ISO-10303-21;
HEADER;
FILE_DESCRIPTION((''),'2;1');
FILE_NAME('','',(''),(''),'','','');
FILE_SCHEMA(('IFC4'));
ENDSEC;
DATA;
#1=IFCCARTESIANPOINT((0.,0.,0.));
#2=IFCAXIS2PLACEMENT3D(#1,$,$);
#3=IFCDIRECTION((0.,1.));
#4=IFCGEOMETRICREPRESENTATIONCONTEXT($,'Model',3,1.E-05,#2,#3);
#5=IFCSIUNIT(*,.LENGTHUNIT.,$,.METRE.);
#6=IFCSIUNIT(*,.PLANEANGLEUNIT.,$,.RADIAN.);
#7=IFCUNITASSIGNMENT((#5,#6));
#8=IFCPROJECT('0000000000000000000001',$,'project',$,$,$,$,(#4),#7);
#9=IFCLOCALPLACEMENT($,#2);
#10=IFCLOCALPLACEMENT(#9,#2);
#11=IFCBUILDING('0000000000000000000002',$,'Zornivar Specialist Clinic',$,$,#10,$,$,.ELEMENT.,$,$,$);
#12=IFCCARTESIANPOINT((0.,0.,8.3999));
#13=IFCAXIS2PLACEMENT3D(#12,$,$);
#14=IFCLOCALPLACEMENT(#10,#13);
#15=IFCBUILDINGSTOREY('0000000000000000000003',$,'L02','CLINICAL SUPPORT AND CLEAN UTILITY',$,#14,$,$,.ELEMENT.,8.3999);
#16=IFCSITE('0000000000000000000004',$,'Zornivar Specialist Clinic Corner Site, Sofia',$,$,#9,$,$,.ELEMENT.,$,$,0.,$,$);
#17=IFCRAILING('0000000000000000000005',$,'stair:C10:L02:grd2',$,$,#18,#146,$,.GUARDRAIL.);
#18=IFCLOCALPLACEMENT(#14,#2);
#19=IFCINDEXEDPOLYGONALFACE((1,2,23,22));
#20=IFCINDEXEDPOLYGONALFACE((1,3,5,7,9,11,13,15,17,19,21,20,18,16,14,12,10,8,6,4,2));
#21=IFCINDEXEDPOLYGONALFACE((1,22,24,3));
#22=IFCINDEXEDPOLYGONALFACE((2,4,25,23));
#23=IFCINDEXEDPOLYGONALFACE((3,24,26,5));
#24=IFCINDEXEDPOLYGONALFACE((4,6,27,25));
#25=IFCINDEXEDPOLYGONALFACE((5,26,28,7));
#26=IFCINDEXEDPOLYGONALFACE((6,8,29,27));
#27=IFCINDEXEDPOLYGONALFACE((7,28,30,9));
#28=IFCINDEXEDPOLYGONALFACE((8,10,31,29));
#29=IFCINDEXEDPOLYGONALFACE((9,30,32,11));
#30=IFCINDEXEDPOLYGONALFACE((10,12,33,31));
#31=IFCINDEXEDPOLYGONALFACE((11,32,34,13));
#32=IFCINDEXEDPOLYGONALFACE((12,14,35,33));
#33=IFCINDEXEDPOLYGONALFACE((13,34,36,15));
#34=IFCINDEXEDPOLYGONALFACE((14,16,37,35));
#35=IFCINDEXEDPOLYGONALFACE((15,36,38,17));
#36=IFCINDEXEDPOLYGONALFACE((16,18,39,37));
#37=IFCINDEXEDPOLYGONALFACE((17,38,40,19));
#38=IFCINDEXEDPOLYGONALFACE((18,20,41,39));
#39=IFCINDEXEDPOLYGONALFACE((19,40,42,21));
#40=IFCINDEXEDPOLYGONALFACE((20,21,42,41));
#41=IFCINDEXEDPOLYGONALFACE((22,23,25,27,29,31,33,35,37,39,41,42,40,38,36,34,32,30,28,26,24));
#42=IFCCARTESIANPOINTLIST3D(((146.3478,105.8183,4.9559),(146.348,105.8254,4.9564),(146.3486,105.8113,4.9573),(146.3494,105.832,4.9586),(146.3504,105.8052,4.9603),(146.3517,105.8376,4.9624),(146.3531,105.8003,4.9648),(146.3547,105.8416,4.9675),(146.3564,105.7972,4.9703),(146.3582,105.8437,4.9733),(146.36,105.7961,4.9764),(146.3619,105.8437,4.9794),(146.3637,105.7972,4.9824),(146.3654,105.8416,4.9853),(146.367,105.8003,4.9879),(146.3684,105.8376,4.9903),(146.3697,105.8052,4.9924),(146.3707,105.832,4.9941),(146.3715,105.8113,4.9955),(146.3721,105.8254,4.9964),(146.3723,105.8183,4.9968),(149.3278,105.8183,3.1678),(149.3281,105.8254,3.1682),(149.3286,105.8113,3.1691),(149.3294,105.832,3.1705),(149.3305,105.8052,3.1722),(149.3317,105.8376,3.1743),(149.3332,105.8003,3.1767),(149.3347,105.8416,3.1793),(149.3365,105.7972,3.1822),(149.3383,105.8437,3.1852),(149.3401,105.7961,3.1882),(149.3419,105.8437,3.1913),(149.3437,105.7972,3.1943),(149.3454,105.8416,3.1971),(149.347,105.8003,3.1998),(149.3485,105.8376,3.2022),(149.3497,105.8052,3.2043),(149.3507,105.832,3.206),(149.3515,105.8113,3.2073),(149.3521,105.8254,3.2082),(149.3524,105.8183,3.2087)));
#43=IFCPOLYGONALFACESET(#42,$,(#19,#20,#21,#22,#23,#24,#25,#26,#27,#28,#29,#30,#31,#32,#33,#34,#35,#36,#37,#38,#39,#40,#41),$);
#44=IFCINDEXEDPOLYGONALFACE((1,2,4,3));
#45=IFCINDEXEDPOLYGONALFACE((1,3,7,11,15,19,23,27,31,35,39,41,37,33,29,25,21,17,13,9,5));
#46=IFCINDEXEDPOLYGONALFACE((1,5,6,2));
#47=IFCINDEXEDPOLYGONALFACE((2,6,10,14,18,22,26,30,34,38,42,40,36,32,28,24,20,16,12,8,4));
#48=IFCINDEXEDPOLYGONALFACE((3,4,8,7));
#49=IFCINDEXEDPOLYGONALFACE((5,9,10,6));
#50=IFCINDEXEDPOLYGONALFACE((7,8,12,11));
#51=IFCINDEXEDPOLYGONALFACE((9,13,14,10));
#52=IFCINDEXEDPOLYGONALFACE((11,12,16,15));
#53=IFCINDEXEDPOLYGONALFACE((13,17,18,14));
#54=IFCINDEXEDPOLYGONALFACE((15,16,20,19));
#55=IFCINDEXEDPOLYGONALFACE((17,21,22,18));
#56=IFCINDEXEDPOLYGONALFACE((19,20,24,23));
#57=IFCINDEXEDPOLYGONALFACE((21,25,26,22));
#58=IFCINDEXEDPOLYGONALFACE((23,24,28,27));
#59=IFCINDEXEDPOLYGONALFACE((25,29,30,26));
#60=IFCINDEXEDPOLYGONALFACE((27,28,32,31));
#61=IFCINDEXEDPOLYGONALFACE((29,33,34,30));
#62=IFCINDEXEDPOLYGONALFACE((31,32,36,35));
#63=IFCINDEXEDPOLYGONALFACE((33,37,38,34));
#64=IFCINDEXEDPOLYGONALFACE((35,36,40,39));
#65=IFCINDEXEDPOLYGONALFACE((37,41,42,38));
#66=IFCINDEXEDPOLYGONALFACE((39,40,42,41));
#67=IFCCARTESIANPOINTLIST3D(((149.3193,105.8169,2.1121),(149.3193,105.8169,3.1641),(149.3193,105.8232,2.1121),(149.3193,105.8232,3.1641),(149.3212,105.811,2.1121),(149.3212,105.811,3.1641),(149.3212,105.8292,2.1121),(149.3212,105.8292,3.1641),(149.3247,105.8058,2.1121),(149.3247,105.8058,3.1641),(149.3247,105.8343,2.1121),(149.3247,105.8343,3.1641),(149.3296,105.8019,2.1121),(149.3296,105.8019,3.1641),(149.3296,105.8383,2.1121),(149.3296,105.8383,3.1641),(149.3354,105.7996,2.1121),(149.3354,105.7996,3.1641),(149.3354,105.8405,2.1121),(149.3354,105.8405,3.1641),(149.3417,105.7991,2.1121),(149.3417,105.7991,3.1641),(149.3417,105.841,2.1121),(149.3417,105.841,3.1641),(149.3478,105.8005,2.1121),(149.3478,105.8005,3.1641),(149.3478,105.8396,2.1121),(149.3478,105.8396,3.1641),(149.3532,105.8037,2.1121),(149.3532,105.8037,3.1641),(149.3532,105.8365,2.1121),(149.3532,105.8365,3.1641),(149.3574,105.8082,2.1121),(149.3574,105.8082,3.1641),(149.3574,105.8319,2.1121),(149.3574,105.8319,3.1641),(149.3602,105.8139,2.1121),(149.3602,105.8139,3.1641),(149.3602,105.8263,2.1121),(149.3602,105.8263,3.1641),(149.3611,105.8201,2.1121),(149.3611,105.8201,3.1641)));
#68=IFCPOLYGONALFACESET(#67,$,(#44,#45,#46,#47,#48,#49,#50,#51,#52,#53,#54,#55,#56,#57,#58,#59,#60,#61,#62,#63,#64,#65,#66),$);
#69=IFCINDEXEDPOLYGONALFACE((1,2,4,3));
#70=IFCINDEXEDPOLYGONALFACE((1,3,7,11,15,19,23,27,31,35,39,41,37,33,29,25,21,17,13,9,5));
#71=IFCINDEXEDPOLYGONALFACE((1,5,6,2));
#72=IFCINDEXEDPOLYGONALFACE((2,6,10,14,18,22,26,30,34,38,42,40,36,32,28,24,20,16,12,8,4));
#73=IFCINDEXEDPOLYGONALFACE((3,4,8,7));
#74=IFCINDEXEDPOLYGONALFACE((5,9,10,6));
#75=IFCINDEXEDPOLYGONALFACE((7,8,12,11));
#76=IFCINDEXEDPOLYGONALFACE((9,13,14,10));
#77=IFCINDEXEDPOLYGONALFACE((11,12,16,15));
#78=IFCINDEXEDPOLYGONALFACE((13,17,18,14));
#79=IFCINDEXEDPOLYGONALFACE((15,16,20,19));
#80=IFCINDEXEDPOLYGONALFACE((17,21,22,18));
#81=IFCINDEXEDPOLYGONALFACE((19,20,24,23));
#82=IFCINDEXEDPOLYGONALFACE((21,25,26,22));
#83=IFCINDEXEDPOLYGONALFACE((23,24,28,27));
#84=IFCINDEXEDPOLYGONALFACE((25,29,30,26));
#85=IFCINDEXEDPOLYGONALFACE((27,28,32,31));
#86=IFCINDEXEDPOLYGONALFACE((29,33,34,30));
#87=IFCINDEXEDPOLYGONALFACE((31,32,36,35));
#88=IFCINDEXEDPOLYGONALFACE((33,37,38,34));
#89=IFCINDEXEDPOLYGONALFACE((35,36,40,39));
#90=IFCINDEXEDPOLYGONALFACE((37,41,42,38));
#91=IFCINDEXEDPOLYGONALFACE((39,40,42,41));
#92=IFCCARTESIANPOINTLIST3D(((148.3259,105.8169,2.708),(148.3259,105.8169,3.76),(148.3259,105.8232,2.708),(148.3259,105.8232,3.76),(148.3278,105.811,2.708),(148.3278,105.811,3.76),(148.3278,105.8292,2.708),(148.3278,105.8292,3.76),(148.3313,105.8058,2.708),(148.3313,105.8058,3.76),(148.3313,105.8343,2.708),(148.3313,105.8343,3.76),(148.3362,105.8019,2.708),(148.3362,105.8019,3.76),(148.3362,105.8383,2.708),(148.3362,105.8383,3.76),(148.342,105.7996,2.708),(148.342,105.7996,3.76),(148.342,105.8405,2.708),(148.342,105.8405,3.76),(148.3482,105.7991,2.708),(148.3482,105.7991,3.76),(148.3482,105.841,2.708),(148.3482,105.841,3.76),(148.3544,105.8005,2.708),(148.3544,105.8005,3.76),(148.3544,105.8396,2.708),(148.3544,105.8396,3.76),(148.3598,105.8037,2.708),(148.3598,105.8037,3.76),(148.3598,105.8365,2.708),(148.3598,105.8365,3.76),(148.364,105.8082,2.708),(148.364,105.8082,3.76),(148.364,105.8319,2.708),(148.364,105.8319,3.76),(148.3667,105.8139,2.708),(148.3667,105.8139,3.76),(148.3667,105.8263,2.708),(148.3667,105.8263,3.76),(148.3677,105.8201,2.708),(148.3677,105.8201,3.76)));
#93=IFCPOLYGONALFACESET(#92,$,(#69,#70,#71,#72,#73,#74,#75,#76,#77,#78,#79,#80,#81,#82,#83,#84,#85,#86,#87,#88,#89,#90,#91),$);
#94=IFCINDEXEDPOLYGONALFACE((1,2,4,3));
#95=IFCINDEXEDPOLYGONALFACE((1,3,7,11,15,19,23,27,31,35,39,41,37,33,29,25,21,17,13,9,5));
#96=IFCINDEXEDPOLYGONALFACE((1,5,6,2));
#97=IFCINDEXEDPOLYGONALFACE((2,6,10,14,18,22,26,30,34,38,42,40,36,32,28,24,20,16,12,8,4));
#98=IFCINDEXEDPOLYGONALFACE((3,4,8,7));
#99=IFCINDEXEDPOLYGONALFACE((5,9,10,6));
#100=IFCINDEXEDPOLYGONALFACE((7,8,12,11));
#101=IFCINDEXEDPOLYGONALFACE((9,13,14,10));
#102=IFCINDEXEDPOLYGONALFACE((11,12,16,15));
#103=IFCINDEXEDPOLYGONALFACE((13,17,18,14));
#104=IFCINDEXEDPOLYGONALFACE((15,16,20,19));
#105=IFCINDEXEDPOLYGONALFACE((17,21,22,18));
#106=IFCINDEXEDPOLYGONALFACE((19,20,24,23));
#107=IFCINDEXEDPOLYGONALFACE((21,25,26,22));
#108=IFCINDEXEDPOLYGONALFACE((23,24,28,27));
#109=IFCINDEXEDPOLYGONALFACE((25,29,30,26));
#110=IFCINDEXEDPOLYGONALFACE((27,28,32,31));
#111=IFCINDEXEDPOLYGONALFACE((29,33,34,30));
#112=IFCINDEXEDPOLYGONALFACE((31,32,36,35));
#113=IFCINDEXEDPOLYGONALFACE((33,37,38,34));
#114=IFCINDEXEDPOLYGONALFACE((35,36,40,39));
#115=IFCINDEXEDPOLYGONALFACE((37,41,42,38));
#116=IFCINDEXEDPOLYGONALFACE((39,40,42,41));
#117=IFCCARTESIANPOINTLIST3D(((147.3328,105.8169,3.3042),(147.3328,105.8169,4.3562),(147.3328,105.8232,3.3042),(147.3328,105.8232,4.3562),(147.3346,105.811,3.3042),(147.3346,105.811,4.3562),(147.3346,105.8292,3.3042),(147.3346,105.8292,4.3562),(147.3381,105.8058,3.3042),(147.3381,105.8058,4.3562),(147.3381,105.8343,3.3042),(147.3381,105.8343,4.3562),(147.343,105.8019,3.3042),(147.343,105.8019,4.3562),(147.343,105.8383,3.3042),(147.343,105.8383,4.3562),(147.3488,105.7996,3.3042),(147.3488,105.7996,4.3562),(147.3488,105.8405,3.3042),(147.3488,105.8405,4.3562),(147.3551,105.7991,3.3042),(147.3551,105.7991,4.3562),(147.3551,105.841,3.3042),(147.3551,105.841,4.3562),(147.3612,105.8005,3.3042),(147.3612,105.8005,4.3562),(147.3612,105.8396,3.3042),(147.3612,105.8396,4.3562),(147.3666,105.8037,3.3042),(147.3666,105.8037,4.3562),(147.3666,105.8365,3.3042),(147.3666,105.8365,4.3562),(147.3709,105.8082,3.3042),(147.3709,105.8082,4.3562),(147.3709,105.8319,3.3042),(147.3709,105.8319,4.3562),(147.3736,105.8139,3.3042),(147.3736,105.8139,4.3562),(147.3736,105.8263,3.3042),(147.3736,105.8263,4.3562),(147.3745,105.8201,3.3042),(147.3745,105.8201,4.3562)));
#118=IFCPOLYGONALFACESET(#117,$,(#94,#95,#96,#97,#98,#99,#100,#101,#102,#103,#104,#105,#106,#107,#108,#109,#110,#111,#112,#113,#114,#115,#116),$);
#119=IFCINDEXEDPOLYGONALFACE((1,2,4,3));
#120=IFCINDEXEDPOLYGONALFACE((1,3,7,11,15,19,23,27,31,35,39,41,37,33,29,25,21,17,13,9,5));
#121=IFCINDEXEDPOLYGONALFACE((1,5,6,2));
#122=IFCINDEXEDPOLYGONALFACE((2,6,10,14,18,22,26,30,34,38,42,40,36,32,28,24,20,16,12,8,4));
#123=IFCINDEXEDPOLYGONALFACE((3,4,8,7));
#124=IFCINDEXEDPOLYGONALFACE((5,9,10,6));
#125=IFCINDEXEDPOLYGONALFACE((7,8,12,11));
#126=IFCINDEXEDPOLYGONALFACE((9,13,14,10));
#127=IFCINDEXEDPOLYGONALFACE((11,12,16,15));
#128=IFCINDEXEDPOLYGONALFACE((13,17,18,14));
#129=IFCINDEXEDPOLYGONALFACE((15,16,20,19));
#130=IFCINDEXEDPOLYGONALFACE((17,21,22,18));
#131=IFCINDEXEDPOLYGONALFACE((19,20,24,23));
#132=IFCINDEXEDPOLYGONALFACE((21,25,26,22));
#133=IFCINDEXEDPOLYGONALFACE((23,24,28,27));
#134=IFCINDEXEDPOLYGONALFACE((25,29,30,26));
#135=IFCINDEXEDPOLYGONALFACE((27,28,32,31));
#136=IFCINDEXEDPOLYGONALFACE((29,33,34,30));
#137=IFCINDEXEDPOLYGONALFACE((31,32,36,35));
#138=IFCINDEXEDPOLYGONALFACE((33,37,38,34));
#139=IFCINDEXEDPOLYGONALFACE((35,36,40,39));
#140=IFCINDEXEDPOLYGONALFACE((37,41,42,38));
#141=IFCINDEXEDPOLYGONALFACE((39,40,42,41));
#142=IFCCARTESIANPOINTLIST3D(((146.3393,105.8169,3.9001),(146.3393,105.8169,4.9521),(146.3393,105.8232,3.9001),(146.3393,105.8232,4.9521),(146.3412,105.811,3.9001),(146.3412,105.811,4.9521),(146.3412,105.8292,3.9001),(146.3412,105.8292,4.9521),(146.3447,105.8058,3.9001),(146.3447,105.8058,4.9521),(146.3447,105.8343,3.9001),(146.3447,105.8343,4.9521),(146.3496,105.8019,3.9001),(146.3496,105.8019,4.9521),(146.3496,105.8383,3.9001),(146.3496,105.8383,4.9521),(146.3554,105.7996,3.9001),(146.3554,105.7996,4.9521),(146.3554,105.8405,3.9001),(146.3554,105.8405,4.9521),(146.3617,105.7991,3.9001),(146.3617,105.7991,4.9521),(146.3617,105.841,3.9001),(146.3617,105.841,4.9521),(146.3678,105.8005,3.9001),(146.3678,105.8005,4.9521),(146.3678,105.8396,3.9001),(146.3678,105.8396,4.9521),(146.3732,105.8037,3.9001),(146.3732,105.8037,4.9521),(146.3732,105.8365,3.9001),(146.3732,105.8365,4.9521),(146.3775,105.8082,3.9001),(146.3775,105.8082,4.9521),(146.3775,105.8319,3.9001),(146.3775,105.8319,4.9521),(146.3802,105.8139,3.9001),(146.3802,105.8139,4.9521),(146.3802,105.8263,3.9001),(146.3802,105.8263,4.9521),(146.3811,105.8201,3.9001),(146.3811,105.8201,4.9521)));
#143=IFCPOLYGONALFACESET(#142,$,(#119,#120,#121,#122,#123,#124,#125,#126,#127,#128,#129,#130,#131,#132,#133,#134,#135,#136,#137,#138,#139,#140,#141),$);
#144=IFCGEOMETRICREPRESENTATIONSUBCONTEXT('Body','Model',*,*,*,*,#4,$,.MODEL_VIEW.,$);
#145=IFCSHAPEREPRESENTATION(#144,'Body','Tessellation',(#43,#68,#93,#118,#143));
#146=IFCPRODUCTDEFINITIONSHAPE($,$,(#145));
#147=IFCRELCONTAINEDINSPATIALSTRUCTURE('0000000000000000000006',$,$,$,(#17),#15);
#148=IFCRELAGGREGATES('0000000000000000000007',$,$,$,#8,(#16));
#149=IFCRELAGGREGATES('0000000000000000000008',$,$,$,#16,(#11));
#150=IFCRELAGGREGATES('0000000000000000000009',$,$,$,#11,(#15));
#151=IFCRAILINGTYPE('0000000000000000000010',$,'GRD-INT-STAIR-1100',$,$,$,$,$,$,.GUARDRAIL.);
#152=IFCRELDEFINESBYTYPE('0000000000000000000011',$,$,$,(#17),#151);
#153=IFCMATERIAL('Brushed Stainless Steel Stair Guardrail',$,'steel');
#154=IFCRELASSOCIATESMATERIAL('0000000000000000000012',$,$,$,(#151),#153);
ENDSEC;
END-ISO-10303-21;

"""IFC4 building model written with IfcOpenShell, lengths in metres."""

from ifc_helpers import new_model, si_unit, direction, frame, origin, origin_2d, place, context, subcontext, project, spatial, circle, extrude, material, type_object, element, save


model = new_model("IFC4")

# Units and contexts
model_context = context("Model", 3, precision=1e-05, world=origin(), true_north=direction((0.0, 1.0)))
body_context = subcontext(model_context, "Body", "Model", "MODEL_VIEW")
ifc_project = project(units=[si_unit("LENGTHUNIT", "METRE"), si_unit("PLANEANGLEUNIT", "RADIAN")], contexts=[model_context])

# Site, building, storey
site_placement = place(None, origin())
site = spatial("IfcSite", under=ifc_project, at=site_placement, Name="Zornivar Specialist Clinic Corner Site, Sofia", CompositionType="ELEMENT", RefElevation=0.0)
building_placement = place(site_placement, origin())
building = spatial("IfcBuilding", under=site, at=building_placement, Name="Zornivar Specialist Clinic", CompositionType="ELEMENT")
storey_placement = place(building_placement, frame((0.0, 0.0, 8.3999)))
storey = spatial("IfcBuildingStorey", under=building, at=storey_placement, Name="L02", Description="CLINICAL SUPPORT AND CLEAN UTILITY", CompositionType="ELEMENT", Elevation=8.3999)

# Railing
ifc_material_1 = material(Name="Brushed Stainless Steel Stair Guardrail", Category="steel")
railing_type_1 = type_object("IfcRailingType", Name="GRD-INT-STAIR-1100", PredefinedType="GUARDRAIL", material=ifc_material_1)
railing_1_placement = place(storey_placement, frame((149.3401, 105.8201, 2.1121)))
element("IfcRailing", 1, at=railing_1_placement, inside=storey, type_object=railing_type_1, Name="stair:C10:L02:grd2", PredefinedType="GUARDRAIL", context=body_context, shape_type="SweptSolid", body=[
    extrude(circle(Radius=0.0239, at=origin_2d()), frame((0.0, 0.0, 1.0762), z_axis=(-0.857481, 0.0, 0.514516), x_axis=(0.0, -1.0, 0.0)), (0.0, 0.0, 1.0), 3.4753),
    extrude(circle(Radius=0.021, at=origin_2d()), origin(), (0.0, 0.0, 1.0), 1.052),
    extrude(circle(Radius=0.021, at=origin_2d()), frame((-0.9934, 0.0, 0.5959)), (0.0, 0.0, 1.0), 1.052),
    extrude(circle(Radius=0.021, at=origin_2d()), frame((-1.9866, 0.0, 1.1921)), (0.0, 0.0, 1.0), 1.052),
    extrude(circle(Radius=0.021, at=origin_2d()), frame((-2.98, 0.0, 1.7881)), (0.0, 0.0, 1.0), 1.052),
])

save(model, "model.ifc")
